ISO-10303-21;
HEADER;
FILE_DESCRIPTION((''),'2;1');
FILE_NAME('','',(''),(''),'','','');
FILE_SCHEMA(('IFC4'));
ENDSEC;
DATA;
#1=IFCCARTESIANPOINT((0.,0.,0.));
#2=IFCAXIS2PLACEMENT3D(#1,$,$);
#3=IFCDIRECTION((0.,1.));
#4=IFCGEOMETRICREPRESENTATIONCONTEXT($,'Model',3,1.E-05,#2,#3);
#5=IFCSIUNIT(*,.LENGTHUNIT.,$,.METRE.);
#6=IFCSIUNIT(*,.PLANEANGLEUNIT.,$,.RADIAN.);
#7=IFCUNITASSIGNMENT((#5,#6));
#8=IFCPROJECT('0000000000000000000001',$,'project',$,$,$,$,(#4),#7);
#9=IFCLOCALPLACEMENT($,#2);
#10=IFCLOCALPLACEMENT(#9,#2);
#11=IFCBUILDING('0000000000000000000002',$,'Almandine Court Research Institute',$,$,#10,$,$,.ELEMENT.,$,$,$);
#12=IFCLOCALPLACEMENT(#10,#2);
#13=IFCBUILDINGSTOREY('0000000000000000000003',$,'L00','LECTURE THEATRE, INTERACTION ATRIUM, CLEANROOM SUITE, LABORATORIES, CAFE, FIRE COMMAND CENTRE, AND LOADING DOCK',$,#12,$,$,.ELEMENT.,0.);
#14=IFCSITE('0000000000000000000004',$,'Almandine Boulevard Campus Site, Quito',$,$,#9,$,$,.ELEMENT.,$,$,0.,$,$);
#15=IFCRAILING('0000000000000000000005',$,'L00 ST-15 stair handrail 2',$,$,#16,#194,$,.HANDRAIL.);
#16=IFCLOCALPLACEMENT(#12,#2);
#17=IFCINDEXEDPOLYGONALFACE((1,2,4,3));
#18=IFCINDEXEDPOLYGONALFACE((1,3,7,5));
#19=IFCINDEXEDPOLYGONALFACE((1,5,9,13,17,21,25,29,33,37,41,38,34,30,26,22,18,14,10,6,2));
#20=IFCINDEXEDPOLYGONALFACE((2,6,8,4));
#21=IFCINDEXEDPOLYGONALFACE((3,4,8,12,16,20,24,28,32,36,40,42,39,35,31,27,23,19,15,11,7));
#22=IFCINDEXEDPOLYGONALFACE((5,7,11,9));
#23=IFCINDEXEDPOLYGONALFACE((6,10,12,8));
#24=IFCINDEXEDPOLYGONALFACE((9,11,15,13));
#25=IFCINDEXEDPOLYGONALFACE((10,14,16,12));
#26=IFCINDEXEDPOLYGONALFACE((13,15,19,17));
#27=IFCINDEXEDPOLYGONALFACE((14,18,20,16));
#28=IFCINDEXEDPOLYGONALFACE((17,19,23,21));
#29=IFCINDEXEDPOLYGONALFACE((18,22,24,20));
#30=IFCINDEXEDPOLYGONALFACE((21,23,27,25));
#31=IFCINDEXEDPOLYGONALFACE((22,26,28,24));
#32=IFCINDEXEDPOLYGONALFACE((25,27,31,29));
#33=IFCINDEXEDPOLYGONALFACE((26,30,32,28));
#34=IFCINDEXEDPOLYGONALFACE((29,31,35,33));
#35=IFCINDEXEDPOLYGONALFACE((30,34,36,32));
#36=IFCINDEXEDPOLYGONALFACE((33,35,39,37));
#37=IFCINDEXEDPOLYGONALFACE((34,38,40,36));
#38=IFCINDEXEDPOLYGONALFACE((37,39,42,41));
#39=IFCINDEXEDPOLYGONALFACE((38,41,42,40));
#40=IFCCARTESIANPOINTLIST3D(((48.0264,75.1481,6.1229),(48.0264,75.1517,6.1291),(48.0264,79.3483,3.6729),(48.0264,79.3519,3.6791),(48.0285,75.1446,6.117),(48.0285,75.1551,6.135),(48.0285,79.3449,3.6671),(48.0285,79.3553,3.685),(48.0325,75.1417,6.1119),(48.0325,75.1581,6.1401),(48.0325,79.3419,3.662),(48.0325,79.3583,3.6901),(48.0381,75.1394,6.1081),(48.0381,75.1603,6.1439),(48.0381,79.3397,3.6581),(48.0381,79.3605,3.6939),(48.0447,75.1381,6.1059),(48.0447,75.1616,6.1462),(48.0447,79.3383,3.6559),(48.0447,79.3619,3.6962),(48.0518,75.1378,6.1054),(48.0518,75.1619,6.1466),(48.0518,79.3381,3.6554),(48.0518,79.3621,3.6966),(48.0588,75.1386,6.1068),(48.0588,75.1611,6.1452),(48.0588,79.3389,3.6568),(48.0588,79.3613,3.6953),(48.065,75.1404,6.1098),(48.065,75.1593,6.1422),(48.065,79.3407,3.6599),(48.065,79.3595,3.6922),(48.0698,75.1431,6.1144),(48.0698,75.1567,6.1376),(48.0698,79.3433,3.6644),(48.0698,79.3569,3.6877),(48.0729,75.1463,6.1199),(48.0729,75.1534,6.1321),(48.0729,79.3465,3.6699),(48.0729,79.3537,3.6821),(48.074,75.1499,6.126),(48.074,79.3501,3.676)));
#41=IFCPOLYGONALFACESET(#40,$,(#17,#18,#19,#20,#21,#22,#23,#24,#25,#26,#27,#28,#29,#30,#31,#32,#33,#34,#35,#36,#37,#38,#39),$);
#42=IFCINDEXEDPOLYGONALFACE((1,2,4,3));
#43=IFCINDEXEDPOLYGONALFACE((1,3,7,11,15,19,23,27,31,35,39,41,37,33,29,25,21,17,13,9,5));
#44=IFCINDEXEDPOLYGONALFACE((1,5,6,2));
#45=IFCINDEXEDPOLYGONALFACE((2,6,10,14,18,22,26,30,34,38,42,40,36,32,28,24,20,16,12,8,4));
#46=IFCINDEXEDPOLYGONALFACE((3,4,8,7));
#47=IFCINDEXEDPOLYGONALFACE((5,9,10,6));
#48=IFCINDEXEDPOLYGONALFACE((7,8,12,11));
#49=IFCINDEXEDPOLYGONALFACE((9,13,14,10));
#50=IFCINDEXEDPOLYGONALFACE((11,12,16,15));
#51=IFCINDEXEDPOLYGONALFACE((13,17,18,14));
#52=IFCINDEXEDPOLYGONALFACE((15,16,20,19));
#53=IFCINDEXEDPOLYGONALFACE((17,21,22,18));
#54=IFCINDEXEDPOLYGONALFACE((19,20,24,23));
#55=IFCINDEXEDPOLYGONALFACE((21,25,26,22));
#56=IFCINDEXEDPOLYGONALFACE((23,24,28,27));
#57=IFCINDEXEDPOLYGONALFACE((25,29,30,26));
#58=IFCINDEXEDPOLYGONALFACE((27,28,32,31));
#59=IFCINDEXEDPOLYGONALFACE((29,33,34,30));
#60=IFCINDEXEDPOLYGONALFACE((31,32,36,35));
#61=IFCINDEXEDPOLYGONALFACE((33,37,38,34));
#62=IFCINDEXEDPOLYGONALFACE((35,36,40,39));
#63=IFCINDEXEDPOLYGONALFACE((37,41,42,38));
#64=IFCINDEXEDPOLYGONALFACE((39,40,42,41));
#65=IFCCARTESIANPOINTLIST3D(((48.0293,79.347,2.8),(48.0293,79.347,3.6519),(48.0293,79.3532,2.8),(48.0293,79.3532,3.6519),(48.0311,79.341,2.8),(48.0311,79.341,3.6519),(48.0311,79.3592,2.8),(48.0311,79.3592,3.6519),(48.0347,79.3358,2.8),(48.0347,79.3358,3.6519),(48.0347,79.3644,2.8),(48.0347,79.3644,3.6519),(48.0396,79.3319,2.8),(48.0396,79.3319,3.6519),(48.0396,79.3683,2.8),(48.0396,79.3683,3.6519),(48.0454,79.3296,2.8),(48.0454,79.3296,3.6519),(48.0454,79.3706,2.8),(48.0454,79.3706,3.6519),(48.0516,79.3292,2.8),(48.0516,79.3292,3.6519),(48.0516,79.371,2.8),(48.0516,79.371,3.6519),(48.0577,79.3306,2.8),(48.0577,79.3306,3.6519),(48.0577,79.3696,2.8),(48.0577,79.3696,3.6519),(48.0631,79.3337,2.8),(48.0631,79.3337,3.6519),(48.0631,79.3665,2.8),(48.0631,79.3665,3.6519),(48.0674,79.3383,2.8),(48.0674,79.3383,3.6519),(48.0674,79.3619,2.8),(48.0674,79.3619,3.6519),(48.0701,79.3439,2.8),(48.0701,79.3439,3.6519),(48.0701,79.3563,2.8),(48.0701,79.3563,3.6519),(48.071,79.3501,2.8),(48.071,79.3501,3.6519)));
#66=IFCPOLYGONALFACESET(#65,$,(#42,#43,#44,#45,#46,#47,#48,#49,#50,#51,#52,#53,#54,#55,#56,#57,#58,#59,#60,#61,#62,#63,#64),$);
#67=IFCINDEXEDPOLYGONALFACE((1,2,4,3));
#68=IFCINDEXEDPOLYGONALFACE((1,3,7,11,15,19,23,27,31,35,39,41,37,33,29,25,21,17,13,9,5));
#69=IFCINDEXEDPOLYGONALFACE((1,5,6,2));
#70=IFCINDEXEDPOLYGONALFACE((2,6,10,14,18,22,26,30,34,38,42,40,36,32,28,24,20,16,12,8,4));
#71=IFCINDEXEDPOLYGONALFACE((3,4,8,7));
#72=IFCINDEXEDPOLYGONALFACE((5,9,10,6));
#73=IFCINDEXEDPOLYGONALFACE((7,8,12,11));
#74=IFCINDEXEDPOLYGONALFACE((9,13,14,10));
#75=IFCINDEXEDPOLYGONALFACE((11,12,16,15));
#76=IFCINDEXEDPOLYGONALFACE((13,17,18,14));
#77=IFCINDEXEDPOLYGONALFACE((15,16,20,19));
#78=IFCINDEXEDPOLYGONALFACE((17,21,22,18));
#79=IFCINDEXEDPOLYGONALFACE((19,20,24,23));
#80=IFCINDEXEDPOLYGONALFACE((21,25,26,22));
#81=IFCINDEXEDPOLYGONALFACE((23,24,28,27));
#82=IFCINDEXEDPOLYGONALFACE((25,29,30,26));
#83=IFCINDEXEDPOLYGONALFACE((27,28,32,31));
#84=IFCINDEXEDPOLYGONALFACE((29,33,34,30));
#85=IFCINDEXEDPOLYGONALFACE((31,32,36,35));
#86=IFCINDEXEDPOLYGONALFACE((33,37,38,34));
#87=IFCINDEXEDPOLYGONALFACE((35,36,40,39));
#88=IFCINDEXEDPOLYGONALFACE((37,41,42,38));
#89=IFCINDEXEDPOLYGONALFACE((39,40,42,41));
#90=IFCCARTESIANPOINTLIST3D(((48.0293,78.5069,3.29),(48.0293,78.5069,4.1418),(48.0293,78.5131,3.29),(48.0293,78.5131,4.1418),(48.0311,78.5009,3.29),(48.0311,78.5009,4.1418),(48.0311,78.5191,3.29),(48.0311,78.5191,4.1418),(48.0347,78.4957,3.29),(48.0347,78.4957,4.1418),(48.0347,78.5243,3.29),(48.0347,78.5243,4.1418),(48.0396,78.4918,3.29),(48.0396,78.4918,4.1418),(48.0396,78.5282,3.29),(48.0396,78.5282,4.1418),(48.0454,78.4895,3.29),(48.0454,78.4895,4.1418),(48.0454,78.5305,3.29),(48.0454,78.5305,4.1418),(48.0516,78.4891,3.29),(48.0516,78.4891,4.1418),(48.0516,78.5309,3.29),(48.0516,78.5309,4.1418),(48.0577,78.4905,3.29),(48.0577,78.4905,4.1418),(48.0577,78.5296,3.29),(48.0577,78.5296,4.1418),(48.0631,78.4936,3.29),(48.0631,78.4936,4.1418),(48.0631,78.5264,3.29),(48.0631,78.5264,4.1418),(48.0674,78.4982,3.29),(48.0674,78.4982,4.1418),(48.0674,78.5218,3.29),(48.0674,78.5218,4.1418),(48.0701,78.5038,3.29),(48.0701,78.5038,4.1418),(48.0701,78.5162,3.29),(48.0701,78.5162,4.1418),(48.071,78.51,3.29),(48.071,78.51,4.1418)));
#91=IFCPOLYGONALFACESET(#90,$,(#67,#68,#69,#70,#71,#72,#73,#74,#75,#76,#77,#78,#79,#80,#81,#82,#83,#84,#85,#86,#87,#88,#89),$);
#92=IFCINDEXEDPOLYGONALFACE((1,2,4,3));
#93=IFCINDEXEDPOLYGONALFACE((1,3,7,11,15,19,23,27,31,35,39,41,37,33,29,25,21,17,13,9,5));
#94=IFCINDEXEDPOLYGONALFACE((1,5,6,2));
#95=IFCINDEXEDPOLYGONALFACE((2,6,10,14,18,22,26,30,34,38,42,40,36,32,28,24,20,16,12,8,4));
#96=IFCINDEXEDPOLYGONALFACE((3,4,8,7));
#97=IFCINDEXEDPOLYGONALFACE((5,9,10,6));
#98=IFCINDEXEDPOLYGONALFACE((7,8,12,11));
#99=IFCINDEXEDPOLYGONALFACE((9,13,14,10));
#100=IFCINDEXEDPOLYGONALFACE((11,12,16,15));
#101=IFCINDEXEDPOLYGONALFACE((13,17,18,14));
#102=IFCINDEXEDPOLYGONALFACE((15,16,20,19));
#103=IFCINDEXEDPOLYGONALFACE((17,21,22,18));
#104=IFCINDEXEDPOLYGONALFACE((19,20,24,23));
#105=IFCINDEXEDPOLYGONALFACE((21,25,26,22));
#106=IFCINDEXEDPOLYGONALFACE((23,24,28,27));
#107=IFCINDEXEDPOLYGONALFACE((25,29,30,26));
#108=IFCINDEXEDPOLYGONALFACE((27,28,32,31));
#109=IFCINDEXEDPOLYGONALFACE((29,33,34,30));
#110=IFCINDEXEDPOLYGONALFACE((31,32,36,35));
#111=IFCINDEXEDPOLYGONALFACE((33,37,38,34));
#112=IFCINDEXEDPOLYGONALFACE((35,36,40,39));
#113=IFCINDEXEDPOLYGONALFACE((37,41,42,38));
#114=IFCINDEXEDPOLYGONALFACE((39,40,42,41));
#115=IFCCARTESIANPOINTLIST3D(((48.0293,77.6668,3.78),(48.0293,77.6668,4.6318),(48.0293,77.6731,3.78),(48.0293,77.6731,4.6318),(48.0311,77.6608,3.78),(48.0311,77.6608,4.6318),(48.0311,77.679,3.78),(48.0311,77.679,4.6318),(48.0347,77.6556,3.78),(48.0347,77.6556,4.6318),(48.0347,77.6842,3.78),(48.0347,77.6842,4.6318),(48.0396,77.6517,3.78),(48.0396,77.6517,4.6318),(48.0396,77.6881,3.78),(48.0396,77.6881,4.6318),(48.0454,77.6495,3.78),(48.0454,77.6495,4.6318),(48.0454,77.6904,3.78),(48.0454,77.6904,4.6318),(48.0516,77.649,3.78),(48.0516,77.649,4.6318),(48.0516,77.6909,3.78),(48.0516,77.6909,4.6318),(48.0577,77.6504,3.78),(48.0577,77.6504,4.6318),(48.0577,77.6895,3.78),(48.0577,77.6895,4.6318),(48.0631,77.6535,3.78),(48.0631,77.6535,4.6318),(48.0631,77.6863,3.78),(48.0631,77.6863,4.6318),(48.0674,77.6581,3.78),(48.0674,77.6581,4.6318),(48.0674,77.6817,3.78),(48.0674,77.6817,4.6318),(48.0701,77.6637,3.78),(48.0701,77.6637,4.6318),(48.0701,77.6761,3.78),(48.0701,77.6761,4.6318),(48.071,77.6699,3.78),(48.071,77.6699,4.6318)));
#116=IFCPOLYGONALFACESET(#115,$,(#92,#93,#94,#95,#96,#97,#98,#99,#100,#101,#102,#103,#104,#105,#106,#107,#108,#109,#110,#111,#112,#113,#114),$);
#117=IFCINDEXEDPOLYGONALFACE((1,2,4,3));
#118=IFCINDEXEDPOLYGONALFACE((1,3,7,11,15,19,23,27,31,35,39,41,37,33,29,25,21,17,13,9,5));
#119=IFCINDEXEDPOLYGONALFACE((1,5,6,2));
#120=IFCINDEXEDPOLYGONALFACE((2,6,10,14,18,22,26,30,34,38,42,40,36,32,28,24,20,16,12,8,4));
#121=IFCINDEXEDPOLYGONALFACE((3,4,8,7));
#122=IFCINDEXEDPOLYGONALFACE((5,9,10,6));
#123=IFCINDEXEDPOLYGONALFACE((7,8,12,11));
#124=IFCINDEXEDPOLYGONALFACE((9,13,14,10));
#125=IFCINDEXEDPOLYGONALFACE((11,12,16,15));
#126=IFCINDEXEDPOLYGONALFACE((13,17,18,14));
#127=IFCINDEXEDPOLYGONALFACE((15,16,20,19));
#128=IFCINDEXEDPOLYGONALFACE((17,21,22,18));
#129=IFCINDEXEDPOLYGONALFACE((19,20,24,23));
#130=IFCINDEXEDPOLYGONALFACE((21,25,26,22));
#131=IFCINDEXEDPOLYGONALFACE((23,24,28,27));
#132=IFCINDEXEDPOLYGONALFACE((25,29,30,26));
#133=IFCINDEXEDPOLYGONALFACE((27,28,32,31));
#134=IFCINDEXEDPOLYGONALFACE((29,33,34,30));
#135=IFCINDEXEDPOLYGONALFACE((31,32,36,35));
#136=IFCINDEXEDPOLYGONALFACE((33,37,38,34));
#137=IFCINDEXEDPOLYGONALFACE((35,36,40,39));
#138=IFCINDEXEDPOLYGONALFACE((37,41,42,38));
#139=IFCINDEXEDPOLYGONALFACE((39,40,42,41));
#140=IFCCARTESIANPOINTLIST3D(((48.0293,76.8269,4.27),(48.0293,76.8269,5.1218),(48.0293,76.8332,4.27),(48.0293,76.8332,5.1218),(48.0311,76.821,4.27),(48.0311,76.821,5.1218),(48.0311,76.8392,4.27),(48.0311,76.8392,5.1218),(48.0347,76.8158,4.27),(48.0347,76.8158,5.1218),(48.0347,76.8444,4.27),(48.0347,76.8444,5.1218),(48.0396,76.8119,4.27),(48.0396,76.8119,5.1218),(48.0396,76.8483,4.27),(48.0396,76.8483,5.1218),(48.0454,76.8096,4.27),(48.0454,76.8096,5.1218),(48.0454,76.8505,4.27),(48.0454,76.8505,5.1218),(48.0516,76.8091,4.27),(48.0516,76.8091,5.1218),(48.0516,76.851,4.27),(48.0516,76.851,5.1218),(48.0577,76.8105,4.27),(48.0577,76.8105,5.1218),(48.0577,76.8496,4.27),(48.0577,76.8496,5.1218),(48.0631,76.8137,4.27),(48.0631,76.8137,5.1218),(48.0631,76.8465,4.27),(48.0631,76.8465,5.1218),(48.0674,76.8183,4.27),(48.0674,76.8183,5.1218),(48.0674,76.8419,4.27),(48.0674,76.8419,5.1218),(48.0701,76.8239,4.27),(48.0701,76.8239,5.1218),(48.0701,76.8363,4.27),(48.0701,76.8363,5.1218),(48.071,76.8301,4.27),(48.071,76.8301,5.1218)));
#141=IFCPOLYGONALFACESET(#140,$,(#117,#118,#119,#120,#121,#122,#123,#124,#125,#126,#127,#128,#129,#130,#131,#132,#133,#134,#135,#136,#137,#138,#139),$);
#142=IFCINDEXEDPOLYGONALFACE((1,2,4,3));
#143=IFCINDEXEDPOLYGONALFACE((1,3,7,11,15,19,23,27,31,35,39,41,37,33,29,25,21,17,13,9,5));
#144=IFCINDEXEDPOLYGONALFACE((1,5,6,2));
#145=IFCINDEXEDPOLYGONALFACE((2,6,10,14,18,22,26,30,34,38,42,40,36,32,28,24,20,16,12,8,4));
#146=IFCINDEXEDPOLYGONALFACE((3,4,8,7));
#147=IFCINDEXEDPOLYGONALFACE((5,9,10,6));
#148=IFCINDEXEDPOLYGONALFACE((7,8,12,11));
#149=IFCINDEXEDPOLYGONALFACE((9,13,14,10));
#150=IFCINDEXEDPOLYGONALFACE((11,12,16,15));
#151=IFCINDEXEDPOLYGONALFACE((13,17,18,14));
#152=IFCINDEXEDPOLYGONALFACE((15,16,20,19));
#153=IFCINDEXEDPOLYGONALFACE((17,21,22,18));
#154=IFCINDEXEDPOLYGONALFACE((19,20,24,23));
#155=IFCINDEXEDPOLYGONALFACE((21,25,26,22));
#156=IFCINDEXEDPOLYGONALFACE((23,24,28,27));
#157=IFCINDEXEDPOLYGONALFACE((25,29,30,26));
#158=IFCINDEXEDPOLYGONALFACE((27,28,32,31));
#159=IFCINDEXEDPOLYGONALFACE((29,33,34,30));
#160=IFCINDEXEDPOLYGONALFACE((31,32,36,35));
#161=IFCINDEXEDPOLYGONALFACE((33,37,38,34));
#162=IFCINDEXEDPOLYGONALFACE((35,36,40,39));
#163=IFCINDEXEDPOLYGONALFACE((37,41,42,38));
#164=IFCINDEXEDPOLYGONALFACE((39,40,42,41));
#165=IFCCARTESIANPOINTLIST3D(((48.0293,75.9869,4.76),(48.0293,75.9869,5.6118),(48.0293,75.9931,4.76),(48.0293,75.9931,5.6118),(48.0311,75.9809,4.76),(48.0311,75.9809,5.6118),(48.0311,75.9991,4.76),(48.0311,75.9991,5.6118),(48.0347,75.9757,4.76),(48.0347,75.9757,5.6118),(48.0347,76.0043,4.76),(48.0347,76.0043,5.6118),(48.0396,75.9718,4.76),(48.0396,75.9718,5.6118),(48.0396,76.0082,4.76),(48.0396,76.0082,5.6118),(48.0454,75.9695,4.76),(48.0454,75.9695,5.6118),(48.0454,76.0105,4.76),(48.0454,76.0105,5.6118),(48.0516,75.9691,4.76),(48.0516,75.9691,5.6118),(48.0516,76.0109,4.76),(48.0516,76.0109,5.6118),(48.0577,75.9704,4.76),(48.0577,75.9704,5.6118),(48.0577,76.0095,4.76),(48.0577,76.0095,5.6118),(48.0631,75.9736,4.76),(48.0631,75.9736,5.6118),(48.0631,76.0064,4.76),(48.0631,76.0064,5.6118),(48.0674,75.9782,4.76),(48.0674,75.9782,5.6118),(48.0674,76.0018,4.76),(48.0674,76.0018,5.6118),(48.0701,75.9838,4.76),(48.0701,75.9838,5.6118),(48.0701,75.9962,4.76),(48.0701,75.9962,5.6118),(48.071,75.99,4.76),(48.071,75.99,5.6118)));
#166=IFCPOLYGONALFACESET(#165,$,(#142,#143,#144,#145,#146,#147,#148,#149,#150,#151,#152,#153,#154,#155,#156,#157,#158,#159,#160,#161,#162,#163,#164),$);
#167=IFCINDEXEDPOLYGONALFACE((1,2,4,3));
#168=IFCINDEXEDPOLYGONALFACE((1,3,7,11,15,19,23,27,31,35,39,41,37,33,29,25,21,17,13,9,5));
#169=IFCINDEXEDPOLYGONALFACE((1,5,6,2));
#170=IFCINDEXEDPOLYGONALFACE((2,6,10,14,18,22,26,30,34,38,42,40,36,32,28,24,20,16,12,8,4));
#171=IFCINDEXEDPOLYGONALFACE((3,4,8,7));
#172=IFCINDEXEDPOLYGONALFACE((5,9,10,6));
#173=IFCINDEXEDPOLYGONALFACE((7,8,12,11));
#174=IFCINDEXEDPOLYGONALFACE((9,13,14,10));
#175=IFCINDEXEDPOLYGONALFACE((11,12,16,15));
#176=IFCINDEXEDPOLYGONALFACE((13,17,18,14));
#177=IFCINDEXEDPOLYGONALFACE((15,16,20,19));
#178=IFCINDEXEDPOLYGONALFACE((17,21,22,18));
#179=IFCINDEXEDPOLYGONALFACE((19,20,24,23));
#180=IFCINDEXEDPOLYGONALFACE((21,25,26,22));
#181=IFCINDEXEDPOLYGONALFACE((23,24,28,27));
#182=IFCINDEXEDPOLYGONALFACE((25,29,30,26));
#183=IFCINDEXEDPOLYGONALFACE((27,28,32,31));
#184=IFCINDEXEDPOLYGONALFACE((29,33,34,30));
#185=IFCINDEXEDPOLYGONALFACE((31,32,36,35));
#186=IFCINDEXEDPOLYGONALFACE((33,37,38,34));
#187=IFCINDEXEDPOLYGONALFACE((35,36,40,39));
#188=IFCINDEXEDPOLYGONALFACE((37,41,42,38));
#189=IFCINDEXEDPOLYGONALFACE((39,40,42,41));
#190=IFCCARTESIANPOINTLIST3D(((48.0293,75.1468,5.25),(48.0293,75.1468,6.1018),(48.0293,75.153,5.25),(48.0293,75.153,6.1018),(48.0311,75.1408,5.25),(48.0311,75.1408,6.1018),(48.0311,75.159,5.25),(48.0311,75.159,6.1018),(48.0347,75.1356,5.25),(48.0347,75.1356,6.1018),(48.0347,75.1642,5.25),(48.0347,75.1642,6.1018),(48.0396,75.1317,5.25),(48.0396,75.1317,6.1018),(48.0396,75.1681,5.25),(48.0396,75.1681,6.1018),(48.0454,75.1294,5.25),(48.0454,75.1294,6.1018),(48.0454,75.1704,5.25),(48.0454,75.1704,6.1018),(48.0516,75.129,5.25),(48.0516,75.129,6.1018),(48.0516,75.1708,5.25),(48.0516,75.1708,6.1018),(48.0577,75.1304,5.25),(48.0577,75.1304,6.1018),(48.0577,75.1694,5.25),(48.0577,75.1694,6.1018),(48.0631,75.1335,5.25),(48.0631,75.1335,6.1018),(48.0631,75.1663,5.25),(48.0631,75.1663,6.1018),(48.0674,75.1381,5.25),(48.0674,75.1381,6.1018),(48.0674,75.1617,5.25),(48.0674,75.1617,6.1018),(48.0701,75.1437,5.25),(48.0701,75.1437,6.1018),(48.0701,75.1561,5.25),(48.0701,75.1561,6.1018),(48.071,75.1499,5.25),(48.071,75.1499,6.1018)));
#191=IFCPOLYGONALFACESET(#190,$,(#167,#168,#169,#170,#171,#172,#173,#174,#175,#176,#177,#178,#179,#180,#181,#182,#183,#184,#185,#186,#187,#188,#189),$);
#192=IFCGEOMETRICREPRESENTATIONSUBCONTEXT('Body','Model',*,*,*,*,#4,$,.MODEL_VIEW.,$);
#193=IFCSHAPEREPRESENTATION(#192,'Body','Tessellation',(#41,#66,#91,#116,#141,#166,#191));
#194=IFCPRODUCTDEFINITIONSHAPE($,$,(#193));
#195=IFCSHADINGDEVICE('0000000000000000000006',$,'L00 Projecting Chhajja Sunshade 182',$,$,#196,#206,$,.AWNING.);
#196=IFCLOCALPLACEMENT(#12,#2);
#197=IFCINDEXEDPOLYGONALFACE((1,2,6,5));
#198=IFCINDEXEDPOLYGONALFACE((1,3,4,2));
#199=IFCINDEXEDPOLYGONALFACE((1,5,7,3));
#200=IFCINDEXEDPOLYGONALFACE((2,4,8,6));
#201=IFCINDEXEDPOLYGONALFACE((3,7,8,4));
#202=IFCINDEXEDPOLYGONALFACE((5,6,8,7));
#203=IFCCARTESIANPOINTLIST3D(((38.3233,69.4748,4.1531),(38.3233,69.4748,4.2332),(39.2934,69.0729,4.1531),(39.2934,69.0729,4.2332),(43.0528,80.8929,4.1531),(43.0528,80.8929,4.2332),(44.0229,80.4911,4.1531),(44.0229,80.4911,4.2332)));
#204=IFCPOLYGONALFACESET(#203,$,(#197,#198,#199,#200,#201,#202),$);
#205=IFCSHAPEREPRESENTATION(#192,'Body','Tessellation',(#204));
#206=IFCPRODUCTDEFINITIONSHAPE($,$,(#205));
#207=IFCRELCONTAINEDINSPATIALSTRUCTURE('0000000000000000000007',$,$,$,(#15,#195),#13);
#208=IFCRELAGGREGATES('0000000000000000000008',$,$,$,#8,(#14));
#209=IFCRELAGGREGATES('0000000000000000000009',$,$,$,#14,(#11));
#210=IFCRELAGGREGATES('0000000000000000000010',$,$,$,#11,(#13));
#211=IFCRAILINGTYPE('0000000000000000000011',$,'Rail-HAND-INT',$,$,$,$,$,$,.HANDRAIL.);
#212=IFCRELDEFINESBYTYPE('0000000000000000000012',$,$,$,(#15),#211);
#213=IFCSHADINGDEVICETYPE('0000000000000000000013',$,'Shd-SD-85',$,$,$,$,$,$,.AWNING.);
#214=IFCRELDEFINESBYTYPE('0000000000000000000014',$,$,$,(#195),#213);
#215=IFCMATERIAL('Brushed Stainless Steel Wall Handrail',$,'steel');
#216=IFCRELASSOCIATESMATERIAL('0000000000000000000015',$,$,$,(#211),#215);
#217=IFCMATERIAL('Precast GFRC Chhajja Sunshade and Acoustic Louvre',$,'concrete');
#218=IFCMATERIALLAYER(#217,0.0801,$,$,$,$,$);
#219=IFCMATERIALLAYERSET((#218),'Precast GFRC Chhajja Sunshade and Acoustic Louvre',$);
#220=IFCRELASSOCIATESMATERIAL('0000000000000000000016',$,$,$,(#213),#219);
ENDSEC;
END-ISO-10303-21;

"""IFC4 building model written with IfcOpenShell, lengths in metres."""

from ifc_helpers import new_model, si_unit, direction, frame, origin, origin_2d, place, context, subcontext, project, spatial, rectangle, circle, extrude, material, layer, layer_set, type_object, element, save


model = new_model("IFC4")

# Units and contexts
model_context = context("Model", 3, precision=1e-05, world=origin(), true_north=direction((0.0, 1.0)))
body_context = subcontext(model_context, "Body", "Model", "MODEL_VIEW")
ifc_project = project(units=[si_unit("LENGTHUNIT", "METRE"), si_unit("PLANEANGLEUNIT", "RADIAN")], contexts=[model_context])

# Site, building, storey
site_placement = place(None, origin())
site = spatial("IfcSite", under=ifc_project, at=site_placement, Name="Almandine Boulevard Campus Site, Quito", CompositionType="ELEMENT", RefElevation=0.0)
building_placement = place(site_placement, origin())
building = spatial("IfcBuilding", under=site, at=building_placement, Name="Almandine Court Research Institute", CompositionType="ELEMENT")
storey_placement = place(building_placement, origin())
storey = spatial("IfcBuildingStorey", under=building, at=storey_placement, Name="L00", Description="LECTURE THEATRE, INTERACTION ATRIUM, CLEANROOM SUITE, LABORATORIES, CAFE, FIRE COMMAND CENTRE, AND LOADING DOCK", CompositionType="ELEMENT", Elevation=0.0)

# Railing
ifc_material_1 = material(Name="Brushed Stainless Steel Wall Handrail", Category="steel")
railing_type_1 = type_object("IfcRailingType", Name="Rail-HAND-INT", PredefinedType="HANDRAIL", material=ifc_material_1)
railing_1_placement = place(storey_placement, frame((48.05, 79.3501, 2.8)))
element("IfcRailing", 1, at=railing_1_placement, inside=storey, type_object=railing_type_1, Name="L00 ST-15 stair handrail 2", PredefinedType="HANDRAIL", context=body_context, shape_type="SweptSolid", body=[
    extrude(circle(Radius=0.0239, at=origin_2d()), frame((0.0, 0.0, 0.876), z_axis=(0.0, -0.863793, 0.503846), x_axis=(1.0, 0.0, 0.0)), (0.0, 0.0, 1.0), 4.8625),
    extrude(circle(Radius=0.021, at=origin_2d()), origin(), (0.0, 0.0, 1.0), 0.8518),
    extrude(circle(Radius=0.021, at=origin_2d()), frame((0.0, -0.8401, 0.49)), (0.0, 0.0, 1.0), 0.8518),
    extrude(circle(Radius=0.021, at=origin_2d()), frame((0.0, -1.6802, 0.98)), (0.0, 0.0, 1.0), 0.8518),
    extrude(circle(Radius=0.021, at=origin_2d()), frame((0.0, -2.52, 1.47)), (0.0, 0.0, 1.0), 0.8518),
    extrude(circle(Radius=0.021, at=origin_2d()), frame((0.0, -3.3601, 1.96)), (0.0, 0.0, 1.0), 0.8518),
    extrude(circle(Radius=0.021, at=origin_2d()), frame((0.0, -4.2002, 2.45)), (0.0, 0.0, 1.0), 0.8518),
])

# Shading device
ifc_material_2 = material(Name="Precast GFRC Chhajja Sunshade and Acoustic Louvre", Category="concrete")
ifc_layer_1 = layer(ifc_material_2, 0.0801)
ifc_layer_set_1 = layer_set([ifc_layer_1], Name="Precast GFRC Chhajja Sunshade and Acoustic Louvre")
shading_device_type = type_object("IfcShadingDeviceType", Name="Shd-SD-85", PredefinedType="AWNING", material=ifc_layer_set_1)
shading_device_placement = place(storey_placement, frame((41.1731, 74.9829, 4.1531), z_axis=(0.0, 0.0, 1.0), x_axis=(0.382683, 0.92388, 0.0)))
element("IfcShadingDevice", 2, at=shading_device_placement, inside=storey, type_object=shading_device_type, Name="L00 Projecting Chhajja Sunshade 182", PredefinedType="AWNING", context=body_context, shape_type="SweptSolid", body=[
    extrude(rectangle(XDim=12.3589, YDim=1.05, at=origin_2d()), origin(), (0.0, 0.0, 1.0), 0.0801),
])

save(model, "model.ifc")
